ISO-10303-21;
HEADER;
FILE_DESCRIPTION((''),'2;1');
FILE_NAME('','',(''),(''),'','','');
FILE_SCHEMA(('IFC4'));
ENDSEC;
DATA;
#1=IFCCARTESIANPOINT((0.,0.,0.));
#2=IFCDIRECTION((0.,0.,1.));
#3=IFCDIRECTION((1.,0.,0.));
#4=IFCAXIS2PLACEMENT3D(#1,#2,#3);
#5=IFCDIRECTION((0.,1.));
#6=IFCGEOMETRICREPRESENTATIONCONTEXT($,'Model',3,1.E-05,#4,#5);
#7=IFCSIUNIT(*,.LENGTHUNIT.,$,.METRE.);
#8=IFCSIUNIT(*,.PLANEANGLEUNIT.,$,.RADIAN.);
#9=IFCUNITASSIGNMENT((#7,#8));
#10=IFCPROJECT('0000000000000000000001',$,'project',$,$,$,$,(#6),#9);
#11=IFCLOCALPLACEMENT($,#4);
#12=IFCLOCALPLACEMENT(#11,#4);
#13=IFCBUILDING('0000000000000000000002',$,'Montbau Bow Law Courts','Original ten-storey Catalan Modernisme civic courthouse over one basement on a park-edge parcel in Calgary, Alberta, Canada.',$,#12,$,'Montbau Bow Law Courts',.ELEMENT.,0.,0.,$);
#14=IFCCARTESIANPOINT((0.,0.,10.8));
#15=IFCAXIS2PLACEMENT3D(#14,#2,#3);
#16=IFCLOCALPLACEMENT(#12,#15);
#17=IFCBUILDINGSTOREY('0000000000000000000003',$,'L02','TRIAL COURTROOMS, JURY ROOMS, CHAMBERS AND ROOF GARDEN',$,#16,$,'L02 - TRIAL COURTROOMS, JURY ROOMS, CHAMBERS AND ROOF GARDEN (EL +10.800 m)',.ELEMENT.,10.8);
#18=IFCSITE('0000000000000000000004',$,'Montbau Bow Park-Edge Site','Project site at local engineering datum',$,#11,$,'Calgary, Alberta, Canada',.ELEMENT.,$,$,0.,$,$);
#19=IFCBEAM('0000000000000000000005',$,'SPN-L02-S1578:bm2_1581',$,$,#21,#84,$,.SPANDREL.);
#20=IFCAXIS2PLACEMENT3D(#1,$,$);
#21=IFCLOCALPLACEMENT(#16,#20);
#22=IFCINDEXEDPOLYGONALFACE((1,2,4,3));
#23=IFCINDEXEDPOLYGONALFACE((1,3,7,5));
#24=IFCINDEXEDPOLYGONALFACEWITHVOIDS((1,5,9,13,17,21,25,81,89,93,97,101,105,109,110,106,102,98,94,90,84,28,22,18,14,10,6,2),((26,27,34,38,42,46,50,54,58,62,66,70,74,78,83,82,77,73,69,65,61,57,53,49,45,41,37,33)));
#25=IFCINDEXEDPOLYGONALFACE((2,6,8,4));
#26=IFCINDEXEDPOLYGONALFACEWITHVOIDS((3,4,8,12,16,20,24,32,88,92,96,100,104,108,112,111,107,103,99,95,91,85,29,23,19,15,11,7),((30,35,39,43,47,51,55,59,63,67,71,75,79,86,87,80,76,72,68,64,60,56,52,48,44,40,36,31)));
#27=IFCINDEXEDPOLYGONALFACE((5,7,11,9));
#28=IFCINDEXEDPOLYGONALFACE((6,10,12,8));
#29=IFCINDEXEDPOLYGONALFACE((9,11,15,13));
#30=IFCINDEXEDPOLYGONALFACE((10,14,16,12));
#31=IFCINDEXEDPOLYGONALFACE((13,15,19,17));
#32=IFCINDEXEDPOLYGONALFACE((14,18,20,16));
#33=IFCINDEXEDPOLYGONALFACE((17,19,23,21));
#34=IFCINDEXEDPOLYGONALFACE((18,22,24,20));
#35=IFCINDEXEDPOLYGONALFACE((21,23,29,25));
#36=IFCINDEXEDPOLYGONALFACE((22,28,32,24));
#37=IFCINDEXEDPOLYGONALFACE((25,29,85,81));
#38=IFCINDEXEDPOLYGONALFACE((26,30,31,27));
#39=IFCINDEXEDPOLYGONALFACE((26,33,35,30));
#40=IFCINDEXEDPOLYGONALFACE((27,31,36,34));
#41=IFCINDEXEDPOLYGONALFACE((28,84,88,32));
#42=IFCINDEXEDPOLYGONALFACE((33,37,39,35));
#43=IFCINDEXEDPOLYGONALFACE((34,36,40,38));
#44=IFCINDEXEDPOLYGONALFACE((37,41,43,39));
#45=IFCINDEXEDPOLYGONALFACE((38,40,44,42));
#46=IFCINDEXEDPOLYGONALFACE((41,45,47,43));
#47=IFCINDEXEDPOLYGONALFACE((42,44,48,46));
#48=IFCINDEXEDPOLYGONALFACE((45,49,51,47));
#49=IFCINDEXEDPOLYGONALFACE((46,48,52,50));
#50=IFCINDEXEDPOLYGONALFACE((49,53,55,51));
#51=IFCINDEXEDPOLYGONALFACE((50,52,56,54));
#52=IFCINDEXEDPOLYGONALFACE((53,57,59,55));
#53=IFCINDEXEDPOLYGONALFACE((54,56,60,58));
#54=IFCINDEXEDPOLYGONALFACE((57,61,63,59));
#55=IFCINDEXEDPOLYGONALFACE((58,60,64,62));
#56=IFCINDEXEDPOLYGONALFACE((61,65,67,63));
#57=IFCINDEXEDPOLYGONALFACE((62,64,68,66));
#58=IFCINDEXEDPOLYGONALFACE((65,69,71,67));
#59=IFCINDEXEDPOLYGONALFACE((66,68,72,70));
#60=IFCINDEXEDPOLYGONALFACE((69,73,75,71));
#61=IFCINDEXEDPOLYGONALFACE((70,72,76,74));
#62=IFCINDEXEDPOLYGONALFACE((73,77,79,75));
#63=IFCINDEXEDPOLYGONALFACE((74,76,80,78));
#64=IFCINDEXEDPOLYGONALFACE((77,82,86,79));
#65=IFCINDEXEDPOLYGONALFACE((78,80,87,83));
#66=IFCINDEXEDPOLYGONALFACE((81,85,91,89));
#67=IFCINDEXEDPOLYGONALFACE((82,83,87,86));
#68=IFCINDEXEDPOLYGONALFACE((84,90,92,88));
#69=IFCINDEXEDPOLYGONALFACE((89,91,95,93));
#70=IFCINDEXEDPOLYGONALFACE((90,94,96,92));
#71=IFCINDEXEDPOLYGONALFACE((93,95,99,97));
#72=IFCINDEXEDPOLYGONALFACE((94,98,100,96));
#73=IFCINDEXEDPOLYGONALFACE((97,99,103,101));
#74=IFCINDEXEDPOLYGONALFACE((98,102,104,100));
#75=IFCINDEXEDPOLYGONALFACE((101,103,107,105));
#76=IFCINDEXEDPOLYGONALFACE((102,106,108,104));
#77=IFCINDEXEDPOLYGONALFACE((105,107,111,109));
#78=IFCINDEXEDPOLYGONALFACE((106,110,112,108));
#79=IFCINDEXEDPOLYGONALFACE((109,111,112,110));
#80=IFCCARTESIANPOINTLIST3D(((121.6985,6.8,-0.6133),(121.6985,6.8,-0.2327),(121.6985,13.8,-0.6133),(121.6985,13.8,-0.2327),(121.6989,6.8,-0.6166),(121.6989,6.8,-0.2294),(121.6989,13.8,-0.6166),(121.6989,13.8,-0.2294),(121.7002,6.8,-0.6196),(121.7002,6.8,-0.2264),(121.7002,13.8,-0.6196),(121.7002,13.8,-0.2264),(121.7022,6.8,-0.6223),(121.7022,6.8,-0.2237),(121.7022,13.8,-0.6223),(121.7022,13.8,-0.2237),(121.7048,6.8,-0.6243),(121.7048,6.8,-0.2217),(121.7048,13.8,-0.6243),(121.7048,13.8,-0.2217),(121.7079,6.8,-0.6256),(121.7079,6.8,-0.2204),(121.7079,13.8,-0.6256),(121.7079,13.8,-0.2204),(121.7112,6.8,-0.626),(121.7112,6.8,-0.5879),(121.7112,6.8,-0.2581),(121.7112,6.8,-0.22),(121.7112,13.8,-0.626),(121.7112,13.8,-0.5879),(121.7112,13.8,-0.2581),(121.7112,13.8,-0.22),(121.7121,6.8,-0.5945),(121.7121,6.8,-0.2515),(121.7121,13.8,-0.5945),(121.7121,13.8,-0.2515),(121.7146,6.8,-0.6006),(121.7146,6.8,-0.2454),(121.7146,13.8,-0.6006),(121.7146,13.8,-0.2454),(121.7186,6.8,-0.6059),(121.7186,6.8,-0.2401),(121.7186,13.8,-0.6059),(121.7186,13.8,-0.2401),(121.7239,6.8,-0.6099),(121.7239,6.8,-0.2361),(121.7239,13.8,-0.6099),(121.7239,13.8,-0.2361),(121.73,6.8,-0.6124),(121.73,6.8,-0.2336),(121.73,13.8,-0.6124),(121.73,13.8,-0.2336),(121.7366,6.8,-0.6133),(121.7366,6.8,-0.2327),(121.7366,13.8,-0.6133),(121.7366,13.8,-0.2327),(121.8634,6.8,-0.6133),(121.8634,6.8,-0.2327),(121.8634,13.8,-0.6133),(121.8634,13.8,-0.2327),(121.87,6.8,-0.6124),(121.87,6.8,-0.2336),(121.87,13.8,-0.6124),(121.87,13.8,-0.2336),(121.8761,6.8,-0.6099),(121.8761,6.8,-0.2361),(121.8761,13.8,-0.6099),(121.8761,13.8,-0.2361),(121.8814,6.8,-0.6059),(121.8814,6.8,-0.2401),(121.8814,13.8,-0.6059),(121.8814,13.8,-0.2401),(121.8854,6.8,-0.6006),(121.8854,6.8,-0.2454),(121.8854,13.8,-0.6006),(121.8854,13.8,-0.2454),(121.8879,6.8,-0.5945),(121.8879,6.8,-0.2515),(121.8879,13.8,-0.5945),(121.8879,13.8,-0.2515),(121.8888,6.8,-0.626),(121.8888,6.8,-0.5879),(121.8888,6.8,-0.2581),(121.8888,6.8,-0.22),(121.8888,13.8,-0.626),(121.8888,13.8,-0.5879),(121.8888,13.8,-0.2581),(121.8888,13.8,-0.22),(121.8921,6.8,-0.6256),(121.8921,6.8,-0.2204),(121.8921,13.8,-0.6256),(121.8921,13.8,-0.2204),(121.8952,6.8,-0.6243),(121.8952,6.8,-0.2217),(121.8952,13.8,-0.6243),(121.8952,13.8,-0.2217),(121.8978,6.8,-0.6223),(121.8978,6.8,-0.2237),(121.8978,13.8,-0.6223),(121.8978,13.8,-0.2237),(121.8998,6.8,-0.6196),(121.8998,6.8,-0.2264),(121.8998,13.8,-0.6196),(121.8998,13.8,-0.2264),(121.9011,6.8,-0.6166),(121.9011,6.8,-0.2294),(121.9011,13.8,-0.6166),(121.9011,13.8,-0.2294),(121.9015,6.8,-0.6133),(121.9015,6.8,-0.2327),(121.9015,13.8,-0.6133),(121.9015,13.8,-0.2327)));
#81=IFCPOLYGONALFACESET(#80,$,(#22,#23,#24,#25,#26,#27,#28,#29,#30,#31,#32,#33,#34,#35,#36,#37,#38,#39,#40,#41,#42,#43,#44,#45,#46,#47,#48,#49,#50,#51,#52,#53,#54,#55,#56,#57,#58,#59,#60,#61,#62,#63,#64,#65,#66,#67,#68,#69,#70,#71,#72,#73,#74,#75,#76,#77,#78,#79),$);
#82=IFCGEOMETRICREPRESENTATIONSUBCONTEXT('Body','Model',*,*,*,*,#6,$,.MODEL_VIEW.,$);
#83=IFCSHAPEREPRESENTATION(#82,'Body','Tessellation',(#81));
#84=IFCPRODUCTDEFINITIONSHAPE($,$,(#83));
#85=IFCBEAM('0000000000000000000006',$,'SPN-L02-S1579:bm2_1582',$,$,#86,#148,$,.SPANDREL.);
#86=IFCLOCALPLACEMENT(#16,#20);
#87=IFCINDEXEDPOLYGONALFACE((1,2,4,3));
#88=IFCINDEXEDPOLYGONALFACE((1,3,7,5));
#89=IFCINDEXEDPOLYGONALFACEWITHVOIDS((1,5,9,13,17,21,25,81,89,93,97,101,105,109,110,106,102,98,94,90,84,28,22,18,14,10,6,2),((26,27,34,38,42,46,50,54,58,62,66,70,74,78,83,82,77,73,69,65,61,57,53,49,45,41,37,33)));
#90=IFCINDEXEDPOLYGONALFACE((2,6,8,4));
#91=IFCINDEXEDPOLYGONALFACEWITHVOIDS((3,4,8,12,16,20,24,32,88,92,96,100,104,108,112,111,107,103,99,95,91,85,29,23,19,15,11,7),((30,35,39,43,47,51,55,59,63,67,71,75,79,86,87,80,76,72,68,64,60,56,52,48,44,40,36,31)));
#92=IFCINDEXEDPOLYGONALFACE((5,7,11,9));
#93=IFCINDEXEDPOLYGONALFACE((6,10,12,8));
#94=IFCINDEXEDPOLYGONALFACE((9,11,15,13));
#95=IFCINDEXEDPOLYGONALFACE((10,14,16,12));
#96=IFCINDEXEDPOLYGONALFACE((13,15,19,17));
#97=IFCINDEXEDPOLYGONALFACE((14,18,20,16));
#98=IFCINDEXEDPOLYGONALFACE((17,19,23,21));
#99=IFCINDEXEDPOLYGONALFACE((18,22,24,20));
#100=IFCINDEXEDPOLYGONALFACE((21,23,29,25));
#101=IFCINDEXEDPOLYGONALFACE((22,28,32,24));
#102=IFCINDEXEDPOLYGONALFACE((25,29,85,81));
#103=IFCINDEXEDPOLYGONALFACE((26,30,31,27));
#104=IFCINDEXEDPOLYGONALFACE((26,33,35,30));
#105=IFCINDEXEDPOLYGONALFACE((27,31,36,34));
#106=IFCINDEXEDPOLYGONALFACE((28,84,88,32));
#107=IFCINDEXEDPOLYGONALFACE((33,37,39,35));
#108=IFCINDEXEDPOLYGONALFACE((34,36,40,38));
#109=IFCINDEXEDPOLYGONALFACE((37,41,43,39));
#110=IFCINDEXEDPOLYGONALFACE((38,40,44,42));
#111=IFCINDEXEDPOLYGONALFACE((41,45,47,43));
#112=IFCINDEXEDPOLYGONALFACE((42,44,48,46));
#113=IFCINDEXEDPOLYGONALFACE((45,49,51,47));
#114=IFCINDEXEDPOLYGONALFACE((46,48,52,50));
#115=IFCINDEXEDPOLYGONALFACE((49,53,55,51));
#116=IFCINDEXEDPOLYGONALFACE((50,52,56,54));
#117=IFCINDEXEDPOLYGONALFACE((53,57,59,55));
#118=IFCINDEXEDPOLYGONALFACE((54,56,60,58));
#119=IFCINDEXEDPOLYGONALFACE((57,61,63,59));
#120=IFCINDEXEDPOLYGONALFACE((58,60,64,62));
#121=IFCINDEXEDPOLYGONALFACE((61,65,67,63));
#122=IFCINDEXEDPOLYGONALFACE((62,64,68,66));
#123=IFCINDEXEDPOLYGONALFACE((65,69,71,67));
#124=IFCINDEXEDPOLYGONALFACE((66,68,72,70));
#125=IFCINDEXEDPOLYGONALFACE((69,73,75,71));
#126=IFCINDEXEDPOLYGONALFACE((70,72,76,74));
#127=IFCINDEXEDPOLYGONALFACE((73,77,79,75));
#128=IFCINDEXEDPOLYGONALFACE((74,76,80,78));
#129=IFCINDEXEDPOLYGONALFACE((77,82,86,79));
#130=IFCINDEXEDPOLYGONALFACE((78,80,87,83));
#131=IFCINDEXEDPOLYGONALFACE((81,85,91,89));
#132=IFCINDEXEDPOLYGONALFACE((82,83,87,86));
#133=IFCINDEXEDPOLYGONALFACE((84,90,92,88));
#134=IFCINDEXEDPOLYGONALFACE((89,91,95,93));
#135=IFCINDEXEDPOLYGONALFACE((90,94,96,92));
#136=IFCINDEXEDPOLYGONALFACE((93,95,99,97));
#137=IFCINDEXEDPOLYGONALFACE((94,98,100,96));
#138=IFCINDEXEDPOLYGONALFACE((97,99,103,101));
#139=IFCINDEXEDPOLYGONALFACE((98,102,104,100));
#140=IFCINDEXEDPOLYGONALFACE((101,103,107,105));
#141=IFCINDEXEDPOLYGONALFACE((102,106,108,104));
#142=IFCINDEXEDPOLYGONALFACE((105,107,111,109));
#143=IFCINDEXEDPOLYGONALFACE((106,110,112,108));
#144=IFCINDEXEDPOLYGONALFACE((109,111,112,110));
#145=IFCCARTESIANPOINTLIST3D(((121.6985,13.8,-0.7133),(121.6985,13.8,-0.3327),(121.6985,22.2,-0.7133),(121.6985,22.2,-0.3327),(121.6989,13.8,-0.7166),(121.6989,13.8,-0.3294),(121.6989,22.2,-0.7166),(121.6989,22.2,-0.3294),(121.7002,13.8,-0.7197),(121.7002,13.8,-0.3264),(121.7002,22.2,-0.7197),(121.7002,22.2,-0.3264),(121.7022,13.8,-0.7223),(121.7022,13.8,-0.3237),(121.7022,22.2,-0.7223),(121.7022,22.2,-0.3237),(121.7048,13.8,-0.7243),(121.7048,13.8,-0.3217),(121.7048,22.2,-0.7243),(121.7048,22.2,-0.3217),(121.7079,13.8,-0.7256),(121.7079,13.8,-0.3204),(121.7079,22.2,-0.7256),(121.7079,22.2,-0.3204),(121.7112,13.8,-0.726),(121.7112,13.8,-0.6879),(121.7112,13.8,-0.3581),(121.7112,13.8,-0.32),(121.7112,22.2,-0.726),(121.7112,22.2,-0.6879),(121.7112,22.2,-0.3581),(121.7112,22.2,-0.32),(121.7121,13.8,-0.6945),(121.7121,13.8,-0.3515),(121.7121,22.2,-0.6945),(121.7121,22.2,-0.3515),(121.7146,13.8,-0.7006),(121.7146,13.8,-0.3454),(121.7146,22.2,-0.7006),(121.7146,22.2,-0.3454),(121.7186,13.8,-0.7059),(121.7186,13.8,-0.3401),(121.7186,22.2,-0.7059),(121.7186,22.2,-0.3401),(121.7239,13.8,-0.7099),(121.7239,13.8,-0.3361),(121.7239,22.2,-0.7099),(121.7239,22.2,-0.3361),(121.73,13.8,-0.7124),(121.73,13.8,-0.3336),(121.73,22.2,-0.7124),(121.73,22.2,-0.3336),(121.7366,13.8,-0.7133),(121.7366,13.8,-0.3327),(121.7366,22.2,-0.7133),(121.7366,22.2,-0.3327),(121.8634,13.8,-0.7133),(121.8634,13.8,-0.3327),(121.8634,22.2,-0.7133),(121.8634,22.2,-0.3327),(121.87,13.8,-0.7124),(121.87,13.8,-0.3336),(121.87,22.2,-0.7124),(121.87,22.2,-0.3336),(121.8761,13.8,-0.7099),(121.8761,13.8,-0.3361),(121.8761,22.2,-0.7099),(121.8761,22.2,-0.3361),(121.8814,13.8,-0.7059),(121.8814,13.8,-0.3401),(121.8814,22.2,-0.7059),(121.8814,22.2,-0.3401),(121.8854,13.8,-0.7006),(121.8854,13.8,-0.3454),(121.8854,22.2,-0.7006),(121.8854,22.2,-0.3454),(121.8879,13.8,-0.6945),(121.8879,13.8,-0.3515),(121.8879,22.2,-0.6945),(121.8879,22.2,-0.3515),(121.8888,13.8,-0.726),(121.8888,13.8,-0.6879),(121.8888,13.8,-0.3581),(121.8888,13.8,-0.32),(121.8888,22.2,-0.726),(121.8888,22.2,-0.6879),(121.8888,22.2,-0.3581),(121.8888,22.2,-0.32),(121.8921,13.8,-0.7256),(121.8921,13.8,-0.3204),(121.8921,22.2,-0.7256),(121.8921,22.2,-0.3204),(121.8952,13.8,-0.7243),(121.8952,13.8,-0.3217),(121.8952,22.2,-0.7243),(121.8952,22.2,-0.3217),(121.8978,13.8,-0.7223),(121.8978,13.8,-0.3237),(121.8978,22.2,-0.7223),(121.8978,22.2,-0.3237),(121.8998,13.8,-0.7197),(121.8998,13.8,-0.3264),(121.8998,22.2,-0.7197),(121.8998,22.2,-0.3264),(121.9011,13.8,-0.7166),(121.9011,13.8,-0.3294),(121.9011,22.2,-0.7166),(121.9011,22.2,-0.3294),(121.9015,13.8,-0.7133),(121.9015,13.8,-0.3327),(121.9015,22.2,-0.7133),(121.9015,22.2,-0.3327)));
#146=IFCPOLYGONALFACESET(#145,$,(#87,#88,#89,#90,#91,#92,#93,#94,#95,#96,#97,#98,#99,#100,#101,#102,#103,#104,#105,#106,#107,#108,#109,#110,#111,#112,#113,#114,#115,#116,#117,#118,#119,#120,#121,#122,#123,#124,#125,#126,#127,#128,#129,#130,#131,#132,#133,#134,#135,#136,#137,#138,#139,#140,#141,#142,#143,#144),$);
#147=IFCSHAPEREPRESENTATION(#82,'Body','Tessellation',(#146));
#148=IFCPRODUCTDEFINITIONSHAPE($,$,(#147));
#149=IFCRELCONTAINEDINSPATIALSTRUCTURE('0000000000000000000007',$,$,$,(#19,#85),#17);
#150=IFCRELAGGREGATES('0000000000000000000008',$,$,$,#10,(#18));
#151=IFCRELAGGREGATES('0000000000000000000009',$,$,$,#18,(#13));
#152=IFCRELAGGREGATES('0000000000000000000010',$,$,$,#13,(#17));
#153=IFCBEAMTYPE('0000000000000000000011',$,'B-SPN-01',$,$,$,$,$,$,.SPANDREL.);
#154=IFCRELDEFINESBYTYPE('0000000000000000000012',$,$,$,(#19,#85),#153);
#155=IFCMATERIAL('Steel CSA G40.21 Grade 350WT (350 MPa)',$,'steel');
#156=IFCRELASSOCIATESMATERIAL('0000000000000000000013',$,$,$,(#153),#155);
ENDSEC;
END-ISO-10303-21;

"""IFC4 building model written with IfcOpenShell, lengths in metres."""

from ifc_helpers import new_model, si_unit, direction, frame, origin_with_axes, origin_2d_with_axis, place, context, subcontext, project, spatial, hollow_rectangle, extrude, material, material_profile, profile_set, type_object, element, save


model = new_model("IFC4")

# Units and contexts
model_context = context("Model", 3, precision=1e-05, world=origin_with_axes(), true_north=direction((0.0, 1.0)))
body_context = subcontext(model_context, "Body", "Model", "MODEL_VIEW")
ifc_project = project(units=[si_unit("LENGTHUNIT", "METRE"), si_unit("PLANEANGLEUNIT", "RADIAN")], contexts=[model_context])

# Site, building, storey
site_placement = place(None, origin_with_axes())
site = spatial("IfcSite", under=ifc_project, at=site_placement, Name="Montbau Bow Park-Edge Site", Description="Project site at local engineering datum", LongName="Calgary, Alberta, Canada", CompositionType="ELEMENT", RefElevation=0.0)
building_placement = place(site_placement, origin_with_axes())
building = spatial("IfcBuilding", under=site, at=building_placement, Name="Montbau Bow Law Courts", Description="Original ten-storey Catalan Modernisme civic courthouse over one basement on a park-edge parcel in Calgary, Alberta, Canada.", LongName="Montbau Bow Law Courts", CompositionType="ELEMENT", ElevationOfRefHeight=0.0, ElevationOfTerrain=0.0)
storey_placement = place(building_placement, frame((0.0, 0.0, 10.8), z_axis=(0.0, 0.0, 1.0), x_axis=(1.0, 0.0, 0.0)))
storey = spatial("IfcBuildingStorey", under=building, at=storey_placement, Name="L02", Description="TRIAL COURTROOMS, JURY ROOMS, CHAMBERS AND ROOF GARDEN", LongName="L02 - TRIAL COURTROOMS, JURY ROOMS, CHAMBERS AND ROOF GARDEN (EL +10.800 m)", CompositionType="ELEMENT", Elevation=10.8)

# Beams
ifc_material_1 = material(Name="Steel CSA G40.21 Grade 350WT (350 MPa)", Category="steel")
ifc_material_profile_1 = material_profile(ifc_material_1, hollow_rectangle(XDim=0.203, YDim=0.406, WallThickness=0.0127, InnerFilletRadius=0.0254, OuterFilletRadius=0.0127, at=origin_2d_with_axis()), Name="HSS406X203X13", Category="Main", Priority=0)
ifc_profile_set_1 = profile_set([ifc_material_profile_1], Name="Steel CSA G40.21 Grade 350WT (350 MPa)")
beam_type_1 = type_object("IfcBeamType", Name="B-SPN-01", PredefinedType="SPANDREL", material=ifc_profile_set_1)
beam_1_placement = place(None, frame((121.8, 6.8, 10.377), z_axis=(0.0, 1.0, 0.0), x_axis=(-1.0, 0.0, 0.0)))
element("IfcBeam", 1, at=beam_1_placement, inside=storey, type_object=beam_type_1, Name="SPN-L02-S1578:bm2_1581", PredefinedType="SPANDREL", context=body_context, shape_type="SweptSolid", body=[
    extrude(hollow_rectangle(XDim=0.203, YDim=0.406, WallThickness=0.0127, InnerFilletRadius=0.0254, OuterFilletRadius=0.0127, at=origin_2d_with_axis()), origin_with_axes(), (0.0, 0.0, 1.0), 7.0),
])
beam_2_placement = place(None, frame((121.8, 13.8, 10.277), z_axis=(0.0, 1.0, 0.0), x_axis=(-1.0, 0.0, 0.0)))
element("IfcBeam", 2, at=beam_2_placement, inside=storey, type_object=beam_type_1, Name="SPN-L02-S1579:bm2_1582", PredefinedType="SPANDREL", context=body_context, shape_type="SweptSolid", body=[
    extrude(hollow_rectangle(XDim=0.203, YDim=0.406, WallThickness=0.0127, InnerFilletRadius=0.0254, OuterFilletRadius=0.0127, at=origin_2d_with_axis()), origin_with_axes(), (0.0, 0.0, 1.0), 8.4),
])

save(model, "model.ifc")
